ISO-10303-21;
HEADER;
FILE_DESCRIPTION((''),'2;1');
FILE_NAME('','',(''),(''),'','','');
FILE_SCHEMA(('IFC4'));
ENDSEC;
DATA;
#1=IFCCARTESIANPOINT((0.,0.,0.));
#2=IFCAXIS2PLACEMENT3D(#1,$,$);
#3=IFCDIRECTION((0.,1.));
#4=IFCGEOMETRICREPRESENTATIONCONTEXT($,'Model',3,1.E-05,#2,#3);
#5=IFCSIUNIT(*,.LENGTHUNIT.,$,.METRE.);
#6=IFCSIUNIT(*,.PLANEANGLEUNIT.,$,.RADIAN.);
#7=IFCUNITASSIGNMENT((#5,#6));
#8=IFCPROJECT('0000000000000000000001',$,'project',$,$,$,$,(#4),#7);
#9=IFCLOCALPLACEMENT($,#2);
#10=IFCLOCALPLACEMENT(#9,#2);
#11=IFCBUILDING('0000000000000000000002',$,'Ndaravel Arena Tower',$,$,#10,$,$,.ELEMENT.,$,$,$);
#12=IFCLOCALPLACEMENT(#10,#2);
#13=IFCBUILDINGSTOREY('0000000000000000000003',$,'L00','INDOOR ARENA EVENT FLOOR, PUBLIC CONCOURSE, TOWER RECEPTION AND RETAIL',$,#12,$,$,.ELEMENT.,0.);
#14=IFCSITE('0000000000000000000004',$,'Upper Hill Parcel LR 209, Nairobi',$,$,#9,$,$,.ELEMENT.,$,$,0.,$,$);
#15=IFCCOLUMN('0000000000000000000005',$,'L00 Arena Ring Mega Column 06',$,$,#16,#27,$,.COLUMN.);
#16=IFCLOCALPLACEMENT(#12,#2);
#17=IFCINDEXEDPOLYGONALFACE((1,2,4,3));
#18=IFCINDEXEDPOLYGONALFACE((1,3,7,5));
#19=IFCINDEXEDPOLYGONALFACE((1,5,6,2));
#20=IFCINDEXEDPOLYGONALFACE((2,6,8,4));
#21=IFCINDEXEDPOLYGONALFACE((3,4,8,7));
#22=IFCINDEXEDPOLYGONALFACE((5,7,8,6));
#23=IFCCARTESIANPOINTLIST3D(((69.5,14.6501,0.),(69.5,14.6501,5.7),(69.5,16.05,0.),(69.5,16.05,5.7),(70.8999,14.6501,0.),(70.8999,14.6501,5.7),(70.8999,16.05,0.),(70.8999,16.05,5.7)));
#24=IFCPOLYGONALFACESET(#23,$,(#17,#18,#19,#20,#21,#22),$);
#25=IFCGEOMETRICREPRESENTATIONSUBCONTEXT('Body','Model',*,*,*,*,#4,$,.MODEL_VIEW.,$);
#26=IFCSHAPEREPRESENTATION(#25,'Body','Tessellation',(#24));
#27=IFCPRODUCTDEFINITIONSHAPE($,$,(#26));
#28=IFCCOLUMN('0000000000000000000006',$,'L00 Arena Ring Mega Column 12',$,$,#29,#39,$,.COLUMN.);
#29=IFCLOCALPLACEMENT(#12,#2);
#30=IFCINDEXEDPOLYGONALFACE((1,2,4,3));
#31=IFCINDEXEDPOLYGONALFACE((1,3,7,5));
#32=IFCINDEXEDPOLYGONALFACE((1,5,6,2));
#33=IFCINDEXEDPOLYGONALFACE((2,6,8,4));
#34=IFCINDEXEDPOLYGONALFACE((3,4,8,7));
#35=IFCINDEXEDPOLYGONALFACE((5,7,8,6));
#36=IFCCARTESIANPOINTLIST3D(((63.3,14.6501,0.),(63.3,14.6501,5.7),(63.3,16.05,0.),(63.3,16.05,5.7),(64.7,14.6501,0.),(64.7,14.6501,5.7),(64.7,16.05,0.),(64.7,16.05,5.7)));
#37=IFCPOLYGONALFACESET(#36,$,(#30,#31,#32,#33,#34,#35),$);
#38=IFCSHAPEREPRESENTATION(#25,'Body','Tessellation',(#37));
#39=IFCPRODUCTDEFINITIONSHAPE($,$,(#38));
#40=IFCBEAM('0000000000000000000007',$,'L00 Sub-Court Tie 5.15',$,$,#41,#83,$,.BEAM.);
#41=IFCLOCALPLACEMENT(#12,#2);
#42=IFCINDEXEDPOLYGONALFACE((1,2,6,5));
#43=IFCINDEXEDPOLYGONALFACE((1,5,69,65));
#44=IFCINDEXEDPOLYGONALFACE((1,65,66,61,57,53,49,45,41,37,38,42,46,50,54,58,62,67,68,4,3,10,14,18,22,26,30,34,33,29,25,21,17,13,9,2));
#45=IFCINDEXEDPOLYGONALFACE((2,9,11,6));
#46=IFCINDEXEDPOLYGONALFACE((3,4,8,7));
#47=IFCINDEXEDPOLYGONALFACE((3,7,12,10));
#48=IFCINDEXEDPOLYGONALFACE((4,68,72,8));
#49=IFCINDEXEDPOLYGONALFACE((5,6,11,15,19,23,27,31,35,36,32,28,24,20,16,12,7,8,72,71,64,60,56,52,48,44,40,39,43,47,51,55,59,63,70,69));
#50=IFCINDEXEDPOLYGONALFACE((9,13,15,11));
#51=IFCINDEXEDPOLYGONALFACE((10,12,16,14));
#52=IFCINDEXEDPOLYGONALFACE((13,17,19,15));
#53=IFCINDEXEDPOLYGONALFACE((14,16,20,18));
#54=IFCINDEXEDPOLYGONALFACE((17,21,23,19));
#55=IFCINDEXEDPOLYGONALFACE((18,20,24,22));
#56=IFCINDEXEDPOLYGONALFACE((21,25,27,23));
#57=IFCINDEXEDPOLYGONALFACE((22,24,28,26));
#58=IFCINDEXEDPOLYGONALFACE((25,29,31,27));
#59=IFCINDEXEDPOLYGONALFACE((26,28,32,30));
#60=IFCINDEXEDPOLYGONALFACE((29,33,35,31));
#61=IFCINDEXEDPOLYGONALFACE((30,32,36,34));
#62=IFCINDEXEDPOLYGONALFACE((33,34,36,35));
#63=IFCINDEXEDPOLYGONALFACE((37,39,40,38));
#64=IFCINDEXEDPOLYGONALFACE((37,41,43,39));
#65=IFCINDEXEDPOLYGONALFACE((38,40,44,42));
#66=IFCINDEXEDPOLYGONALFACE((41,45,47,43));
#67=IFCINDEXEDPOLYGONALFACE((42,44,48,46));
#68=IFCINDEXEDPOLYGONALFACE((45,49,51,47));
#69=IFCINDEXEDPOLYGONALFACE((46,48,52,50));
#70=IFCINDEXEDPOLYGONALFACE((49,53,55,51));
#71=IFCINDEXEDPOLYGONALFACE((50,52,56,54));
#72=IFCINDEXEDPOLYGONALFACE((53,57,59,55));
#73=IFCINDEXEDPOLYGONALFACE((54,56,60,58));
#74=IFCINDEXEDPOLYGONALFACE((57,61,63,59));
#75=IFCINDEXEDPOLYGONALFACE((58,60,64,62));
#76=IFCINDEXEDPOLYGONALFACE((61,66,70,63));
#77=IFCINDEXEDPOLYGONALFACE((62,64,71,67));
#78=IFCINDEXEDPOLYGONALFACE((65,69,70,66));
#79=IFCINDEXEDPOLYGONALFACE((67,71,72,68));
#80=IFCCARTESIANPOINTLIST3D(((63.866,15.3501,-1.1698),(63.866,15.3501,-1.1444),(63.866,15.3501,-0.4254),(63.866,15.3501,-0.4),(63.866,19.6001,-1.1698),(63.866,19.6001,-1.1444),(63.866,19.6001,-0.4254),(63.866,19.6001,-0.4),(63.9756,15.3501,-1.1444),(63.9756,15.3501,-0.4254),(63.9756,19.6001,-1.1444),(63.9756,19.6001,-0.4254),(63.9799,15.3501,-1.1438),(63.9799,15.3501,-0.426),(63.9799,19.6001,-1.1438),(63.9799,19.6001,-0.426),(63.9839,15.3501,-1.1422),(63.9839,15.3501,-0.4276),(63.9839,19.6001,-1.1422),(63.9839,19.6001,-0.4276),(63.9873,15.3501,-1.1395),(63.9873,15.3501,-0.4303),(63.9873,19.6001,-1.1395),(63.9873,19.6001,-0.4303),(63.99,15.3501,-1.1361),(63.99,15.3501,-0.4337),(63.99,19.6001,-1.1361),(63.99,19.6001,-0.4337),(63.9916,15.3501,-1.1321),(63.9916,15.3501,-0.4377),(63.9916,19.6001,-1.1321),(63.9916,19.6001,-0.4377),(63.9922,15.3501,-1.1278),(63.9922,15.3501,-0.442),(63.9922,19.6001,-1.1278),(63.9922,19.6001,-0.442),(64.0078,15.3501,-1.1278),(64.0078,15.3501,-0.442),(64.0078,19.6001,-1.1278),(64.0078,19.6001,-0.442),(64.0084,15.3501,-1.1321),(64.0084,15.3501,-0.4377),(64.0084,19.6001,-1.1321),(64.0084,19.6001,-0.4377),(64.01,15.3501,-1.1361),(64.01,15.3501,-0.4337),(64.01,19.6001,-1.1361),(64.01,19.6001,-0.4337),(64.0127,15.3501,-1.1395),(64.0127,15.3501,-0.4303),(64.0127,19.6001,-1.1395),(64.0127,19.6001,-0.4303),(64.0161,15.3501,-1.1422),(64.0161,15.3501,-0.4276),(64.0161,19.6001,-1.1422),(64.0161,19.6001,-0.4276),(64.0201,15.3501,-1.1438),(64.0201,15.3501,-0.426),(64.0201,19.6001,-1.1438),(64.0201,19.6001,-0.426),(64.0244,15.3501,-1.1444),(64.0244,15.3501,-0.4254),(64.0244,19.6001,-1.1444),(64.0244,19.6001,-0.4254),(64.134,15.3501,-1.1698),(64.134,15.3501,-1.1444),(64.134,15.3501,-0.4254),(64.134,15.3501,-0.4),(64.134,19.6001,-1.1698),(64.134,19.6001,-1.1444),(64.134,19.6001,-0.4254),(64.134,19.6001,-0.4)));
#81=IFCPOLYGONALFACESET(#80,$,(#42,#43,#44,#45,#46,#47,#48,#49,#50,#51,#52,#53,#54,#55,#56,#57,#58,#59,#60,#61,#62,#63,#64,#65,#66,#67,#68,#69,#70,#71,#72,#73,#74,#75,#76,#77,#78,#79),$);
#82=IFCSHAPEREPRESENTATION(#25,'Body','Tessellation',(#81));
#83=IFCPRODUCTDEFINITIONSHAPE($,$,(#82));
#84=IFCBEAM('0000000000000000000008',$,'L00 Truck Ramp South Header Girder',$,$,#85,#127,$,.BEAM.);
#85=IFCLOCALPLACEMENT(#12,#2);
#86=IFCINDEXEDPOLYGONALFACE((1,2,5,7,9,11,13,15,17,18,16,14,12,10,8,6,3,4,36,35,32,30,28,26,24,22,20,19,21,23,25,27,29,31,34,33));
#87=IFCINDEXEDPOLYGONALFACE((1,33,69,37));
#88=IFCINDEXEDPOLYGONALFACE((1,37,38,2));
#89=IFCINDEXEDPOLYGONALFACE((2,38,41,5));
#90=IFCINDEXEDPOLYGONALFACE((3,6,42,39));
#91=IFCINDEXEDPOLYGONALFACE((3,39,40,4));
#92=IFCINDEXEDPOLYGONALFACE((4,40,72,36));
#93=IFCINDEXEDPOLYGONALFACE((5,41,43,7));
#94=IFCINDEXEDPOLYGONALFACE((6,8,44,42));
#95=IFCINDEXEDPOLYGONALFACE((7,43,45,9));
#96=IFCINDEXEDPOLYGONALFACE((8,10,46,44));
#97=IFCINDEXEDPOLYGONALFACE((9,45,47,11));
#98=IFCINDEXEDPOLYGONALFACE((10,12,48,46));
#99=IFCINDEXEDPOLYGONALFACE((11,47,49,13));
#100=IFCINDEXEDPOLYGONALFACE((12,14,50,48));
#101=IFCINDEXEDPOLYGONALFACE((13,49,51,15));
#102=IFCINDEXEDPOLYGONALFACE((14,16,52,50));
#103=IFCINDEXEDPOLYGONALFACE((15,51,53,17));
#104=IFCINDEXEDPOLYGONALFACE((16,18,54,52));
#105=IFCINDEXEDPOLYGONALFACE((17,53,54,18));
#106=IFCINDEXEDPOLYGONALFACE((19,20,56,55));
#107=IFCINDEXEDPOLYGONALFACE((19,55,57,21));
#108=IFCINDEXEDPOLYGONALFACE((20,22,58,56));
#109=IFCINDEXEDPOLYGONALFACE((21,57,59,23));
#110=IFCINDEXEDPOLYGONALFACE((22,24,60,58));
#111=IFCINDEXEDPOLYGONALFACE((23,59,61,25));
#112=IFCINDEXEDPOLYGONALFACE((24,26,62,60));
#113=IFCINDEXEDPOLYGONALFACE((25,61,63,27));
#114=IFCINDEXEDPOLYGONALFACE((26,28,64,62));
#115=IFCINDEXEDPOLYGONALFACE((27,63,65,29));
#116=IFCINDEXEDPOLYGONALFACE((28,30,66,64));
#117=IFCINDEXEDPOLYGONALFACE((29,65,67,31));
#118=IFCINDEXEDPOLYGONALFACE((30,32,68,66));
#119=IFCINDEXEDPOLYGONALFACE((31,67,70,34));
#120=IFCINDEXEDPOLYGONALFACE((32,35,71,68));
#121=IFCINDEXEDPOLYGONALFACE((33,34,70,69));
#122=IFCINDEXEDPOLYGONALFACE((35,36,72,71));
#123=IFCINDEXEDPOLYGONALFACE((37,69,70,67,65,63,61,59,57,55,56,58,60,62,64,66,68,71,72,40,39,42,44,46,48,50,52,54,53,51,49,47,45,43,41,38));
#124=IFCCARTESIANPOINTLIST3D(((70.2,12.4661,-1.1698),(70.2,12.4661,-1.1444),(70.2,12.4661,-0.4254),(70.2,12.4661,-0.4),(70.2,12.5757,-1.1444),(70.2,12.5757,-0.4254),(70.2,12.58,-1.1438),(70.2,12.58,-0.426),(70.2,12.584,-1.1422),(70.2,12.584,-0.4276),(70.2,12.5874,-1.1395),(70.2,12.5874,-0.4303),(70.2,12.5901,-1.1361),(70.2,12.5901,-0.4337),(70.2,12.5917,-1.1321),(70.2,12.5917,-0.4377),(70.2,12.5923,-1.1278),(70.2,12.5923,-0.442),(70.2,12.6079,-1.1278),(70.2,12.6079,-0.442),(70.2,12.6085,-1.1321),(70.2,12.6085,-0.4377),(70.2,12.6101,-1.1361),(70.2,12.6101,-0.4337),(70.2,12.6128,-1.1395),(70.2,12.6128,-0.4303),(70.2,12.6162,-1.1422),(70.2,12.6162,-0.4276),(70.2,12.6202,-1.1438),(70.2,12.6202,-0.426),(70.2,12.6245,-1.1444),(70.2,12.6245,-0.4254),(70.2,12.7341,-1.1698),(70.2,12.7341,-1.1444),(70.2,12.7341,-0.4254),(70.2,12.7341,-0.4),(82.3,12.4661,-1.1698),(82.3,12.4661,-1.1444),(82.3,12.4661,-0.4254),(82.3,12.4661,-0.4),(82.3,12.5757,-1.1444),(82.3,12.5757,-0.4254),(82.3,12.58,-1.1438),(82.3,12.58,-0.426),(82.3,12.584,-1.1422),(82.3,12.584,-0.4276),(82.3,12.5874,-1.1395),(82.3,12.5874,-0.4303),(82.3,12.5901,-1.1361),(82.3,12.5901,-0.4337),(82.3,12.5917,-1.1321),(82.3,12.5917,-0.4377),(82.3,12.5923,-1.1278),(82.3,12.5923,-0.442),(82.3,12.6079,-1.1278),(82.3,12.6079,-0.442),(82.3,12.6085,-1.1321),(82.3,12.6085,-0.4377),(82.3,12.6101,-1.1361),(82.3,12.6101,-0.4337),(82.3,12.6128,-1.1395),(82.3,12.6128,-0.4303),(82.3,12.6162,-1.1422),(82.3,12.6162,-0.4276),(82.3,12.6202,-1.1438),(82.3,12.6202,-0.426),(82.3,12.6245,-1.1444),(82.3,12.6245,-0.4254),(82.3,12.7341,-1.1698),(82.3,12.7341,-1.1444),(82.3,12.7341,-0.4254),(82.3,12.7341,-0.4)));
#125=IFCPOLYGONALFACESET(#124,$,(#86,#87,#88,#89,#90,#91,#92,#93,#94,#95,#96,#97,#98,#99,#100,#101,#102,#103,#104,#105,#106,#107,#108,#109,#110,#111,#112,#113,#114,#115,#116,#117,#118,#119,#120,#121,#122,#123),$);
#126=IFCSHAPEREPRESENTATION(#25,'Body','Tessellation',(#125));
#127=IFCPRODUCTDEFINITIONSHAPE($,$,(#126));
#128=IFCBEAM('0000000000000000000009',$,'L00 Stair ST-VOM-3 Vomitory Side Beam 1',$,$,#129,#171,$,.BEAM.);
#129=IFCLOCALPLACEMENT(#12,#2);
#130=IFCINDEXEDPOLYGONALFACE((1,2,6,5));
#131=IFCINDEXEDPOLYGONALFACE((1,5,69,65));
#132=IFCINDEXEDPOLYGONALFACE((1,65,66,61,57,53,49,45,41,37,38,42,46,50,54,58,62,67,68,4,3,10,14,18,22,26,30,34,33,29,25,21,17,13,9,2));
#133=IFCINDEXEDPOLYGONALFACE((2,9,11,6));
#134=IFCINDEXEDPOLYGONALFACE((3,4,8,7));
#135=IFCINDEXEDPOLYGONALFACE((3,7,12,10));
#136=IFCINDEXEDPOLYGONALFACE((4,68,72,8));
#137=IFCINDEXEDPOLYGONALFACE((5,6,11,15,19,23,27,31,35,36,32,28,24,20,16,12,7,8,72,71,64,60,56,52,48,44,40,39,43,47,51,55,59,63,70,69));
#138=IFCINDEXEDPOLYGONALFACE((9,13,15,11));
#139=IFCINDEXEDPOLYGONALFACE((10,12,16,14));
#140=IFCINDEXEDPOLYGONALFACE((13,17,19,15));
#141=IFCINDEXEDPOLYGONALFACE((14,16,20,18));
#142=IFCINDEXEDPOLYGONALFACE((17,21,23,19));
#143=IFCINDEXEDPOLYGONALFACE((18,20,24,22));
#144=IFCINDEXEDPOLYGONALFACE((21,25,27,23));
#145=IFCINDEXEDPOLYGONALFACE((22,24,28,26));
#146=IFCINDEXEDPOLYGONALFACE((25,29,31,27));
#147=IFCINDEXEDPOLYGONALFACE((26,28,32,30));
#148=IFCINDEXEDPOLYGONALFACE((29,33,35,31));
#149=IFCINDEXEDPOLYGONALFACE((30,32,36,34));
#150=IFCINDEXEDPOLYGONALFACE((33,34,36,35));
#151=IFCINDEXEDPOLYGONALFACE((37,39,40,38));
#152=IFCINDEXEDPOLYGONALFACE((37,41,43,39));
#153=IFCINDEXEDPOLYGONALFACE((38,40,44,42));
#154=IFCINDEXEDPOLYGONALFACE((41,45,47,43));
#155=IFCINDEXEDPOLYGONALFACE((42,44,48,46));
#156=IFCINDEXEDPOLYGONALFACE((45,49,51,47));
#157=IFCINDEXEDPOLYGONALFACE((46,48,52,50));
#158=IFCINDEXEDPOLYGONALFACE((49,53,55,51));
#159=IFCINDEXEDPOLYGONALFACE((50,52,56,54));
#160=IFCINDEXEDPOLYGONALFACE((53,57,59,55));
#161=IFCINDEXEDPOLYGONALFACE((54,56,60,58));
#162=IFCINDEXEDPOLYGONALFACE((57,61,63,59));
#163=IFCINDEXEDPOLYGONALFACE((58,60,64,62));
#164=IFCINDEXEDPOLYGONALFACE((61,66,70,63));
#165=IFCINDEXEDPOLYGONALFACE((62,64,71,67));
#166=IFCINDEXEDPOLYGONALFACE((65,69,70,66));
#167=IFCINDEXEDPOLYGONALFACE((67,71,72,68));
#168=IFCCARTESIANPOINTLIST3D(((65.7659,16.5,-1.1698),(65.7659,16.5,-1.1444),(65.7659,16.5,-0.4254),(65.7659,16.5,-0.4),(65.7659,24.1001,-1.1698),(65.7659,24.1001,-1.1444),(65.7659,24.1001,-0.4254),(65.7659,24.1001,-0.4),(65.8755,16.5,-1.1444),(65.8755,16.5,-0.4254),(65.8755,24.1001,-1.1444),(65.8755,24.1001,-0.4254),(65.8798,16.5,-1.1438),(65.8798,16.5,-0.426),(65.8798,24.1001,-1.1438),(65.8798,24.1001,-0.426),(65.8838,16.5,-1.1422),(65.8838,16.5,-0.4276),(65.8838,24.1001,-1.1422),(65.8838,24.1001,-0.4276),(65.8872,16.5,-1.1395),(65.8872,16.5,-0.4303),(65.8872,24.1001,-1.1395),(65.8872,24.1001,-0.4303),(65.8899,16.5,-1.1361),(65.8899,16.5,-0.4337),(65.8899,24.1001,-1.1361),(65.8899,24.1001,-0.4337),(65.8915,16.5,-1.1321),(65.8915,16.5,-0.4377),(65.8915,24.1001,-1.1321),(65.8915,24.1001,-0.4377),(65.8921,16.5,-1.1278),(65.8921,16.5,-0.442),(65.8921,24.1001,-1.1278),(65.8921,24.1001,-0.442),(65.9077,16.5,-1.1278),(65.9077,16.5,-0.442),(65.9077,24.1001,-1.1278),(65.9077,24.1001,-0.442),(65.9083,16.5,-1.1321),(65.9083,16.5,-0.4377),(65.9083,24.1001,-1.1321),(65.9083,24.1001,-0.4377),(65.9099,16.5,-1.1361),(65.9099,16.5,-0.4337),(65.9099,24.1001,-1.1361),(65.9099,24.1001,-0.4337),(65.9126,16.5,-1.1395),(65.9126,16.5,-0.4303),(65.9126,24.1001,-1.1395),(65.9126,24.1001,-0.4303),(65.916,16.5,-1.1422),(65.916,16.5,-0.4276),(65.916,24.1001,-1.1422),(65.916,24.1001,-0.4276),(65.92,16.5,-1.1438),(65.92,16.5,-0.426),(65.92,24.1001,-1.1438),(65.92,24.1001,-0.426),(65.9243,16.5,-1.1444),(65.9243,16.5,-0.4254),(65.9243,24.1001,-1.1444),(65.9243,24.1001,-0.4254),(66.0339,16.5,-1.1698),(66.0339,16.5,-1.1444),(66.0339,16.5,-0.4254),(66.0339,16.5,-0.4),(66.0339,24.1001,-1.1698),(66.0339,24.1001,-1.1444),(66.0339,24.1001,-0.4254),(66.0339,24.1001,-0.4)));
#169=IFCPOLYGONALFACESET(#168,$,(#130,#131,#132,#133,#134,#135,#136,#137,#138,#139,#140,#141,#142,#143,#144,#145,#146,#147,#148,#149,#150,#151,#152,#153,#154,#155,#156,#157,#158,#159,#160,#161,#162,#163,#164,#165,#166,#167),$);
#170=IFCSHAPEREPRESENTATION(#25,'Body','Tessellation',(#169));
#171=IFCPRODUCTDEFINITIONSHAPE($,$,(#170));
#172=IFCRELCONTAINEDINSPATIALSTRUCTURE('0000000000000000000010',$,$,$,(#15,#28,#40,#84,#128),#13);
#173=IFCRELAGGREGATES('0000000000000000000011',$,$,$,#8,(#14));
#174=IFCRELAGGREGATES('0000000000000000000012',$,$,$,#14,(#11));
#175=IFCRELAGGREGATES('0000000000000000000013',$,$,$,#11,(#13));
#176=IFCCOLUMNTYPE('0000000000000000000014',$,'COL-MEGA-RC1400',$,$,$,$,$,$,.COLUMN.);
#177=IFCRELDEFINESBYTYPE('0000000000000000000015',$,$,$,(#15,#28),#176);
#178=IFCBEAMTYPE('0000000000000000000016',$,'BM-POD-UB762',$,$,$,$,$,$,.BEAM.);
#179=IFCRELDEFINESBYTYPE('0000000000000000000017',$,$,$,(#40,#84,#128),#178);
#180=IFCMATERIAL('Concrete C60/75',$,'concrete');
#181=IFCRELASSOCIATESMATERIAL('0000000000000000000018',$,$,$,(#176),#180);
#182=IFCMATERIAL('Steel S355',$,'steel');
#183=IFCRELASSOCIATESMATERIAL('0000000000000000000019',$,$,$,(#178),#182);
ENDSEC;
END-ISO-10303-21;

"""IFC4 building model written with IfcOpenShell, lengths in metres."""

from ifc_helpers import new_model, si_unit, direction, frame, origin, origin_2d, place, context, subcontext, project, spatial, rectangle, i_section, extrude, material, material_profile, profile_set, type_object, element, save


model = new_model("IFC4")

# Units and contexts
model_context = context("Model", 3, precision=1e-05, world=origin(), true_north=direction((0.0, 1.0)))
body_context = subcontext(model_context, "Body", "Model", "MODEL_VIEW")
ifc_project = project(units=[si_unit("LENGTHUNIT", "METRE"), si_unit("PLANEANGLEUNIT", "RADIAN")], contexts=[model_context])

# Site, building, storey
site_placement = place(None, origin())
site = spatial("IfcSite", under=ifc_project, at=site_placement, Name="Upper Hill Parcel LR 209, Nairobi", CompositionType="ELEMENT", RefElevation=0.0)
building_placement = place(site_placement, origin())
building = spatial("IfcBuilding", under=site, at=building_placement, Name="Ndaravel Arena Tower", CompositionType="ELEMENT")
storey_placement = place(building_placement, origin())
storey = spatial("IfcBuildingStorey", under=building, at=storey_placement, Name="L00", Description="INDOOR ARENA EVENT FLOOR, PUBLIC CONCOURSE, TOWER RECEPTION AND RETAIL", CompositionType="ELEMENT", Elevation=0.0)

# Columns
ifc_material_1 = material(Name="Concrete C60/75", Category="concrete")
ifc_material_profile_1 = material_profile(ifc_material_1, rectangle(XDim=1.3999, YDim=1.3999, at=origin_2d()), Name="RC 1400x1400")
ifc_profile_set_1 = profile_set([ifc_material_profile_1], Name="Concrete C60/75")
column_type = type_object("IfcColumnType", Name="COL-MEGA-RC1400", PredefinedType="COLUMN", material=ifc_profile_set_1)
for number, where, z_axis, x_axis, name in (
    (1, (70.2, 15.3501, 0.0), (0.0, 0.0, 1.0), (1.0, 0.0, 0.0), "L00 Arena Ring Mega Column 06"),
    (2, (64.0, 15.3501, 0.0), (0.0, 0.0, 1.0), (1.0, 0.0, 0.0), "L00 Arena Ring Mega Column 12"),
):
    element("IfcColumn", number, at=place(storey_placement, frame(where, z_axis=z_axis, x_axis=x_axis)), inside=storey, type_object=column_type, Name=name, PredefinedType="COLUMN", context=body_context, shape_type="SweptSolid", body=[
        extrude(rectangle(XDim=1.3999, YDim=1.3999, at=origin_2d()), origin(), (0.0, 0.0, 1.0), 5.7),
    ])

# Beams
ifc_material_2 = material(Name="Steel S355", Category="steel")
ifc_material_profile_2 = material_profile(ifc_material_2, i_section(OverallWidth=0.2681, OverallDepth=0.7698, WebThickness=0.0156, FlangeThickness=0.0254, FilletRadius=0.0166, at=origin_2d()), Name="UB 762x267x197")
ifc_profile_set_2 = profile_set([ifc_material_profile_2], Name="Steel S355")
beam_type_1 = type_object("IfcBeamType", Name="BM-POD-UB762", PredefinedType="BEAM", material=ifc_profile_set_2)
beam_1_placement = place(storey_placement, frame((64.0, 15.3501, -0.7849), z_axis=(0.0, 1.0, 0.0), x_axis=(-1.0, 0.0, 0.0)))
element("IfcBeam", 3, at=beam_1_placement, inside=storey, type_object=beam_type_1, Name="L00 Sub-Court Tie 5.15", PredefinedType="BEAM", context=body_context, shape_type="SweptSolid", body=[
    extrude(i_section(OverallWidth=0.2681, OverallDepth=0.7698, WebThickness=0.0156, FlangeThickness=0.0254, FilletRadius=0.0166, at=origin_2d()), origin(), (0.0, 0.0, 1.0), 4.25),
])
beam_2_placement = place(storey_placement, frame((70.2, 12.6001, -0.7849), z_axis=(1.0, 0.0, 0.0), x_axis=(0.0, 1.0, 0.0)))
element("IfcBeam", 4, at=beam_2_placement, inside=storey, type_object=beam_type_1, Name="L00 Truck Ramp South Header Girder", PredefinedType="BEAM", context=body_context, shape_type="SweptSolid", body=[
    extrude(i_section(OverallWidth=0.2681, OverallDepth=0.7698, WebThickness=0.0156, FlangeThickness=0.0254, FilletRadius=0.0166, at=origin_2d()), origin(), (0.0, 0.0, 1.0), 12.1001),
])
for number, where, z_axis, x_axis, name in (
    (5, (65.8999, 16.5, -0.7849), (0.0, 1.0, 0.0), (-1.0, 0.0, 0.0), "L00 Stair ST-VOM-3 Vomitory Side Beam 1"),
):
    element("IfcBeam", number, at=place(storey_placement, frame(where, z_axis=z_axis, x_axis=x_axis)), inside=storey, type_object=beam_type_1, Name=name, PredefinedType="BEAM", context=body_context, shape_type="SweptSolid", body=[
        extrude(i_section(OverallWidth=0.2681, OverallDepth=0.7698, WebThickness=0.0156, FlangeThickness=0.0254, FilletRadius=0.0166, at=origin_2d()), origin(), (0.0, 0.0, 1.0), 7.6001),
    ])

save(model, "model.ifc")
